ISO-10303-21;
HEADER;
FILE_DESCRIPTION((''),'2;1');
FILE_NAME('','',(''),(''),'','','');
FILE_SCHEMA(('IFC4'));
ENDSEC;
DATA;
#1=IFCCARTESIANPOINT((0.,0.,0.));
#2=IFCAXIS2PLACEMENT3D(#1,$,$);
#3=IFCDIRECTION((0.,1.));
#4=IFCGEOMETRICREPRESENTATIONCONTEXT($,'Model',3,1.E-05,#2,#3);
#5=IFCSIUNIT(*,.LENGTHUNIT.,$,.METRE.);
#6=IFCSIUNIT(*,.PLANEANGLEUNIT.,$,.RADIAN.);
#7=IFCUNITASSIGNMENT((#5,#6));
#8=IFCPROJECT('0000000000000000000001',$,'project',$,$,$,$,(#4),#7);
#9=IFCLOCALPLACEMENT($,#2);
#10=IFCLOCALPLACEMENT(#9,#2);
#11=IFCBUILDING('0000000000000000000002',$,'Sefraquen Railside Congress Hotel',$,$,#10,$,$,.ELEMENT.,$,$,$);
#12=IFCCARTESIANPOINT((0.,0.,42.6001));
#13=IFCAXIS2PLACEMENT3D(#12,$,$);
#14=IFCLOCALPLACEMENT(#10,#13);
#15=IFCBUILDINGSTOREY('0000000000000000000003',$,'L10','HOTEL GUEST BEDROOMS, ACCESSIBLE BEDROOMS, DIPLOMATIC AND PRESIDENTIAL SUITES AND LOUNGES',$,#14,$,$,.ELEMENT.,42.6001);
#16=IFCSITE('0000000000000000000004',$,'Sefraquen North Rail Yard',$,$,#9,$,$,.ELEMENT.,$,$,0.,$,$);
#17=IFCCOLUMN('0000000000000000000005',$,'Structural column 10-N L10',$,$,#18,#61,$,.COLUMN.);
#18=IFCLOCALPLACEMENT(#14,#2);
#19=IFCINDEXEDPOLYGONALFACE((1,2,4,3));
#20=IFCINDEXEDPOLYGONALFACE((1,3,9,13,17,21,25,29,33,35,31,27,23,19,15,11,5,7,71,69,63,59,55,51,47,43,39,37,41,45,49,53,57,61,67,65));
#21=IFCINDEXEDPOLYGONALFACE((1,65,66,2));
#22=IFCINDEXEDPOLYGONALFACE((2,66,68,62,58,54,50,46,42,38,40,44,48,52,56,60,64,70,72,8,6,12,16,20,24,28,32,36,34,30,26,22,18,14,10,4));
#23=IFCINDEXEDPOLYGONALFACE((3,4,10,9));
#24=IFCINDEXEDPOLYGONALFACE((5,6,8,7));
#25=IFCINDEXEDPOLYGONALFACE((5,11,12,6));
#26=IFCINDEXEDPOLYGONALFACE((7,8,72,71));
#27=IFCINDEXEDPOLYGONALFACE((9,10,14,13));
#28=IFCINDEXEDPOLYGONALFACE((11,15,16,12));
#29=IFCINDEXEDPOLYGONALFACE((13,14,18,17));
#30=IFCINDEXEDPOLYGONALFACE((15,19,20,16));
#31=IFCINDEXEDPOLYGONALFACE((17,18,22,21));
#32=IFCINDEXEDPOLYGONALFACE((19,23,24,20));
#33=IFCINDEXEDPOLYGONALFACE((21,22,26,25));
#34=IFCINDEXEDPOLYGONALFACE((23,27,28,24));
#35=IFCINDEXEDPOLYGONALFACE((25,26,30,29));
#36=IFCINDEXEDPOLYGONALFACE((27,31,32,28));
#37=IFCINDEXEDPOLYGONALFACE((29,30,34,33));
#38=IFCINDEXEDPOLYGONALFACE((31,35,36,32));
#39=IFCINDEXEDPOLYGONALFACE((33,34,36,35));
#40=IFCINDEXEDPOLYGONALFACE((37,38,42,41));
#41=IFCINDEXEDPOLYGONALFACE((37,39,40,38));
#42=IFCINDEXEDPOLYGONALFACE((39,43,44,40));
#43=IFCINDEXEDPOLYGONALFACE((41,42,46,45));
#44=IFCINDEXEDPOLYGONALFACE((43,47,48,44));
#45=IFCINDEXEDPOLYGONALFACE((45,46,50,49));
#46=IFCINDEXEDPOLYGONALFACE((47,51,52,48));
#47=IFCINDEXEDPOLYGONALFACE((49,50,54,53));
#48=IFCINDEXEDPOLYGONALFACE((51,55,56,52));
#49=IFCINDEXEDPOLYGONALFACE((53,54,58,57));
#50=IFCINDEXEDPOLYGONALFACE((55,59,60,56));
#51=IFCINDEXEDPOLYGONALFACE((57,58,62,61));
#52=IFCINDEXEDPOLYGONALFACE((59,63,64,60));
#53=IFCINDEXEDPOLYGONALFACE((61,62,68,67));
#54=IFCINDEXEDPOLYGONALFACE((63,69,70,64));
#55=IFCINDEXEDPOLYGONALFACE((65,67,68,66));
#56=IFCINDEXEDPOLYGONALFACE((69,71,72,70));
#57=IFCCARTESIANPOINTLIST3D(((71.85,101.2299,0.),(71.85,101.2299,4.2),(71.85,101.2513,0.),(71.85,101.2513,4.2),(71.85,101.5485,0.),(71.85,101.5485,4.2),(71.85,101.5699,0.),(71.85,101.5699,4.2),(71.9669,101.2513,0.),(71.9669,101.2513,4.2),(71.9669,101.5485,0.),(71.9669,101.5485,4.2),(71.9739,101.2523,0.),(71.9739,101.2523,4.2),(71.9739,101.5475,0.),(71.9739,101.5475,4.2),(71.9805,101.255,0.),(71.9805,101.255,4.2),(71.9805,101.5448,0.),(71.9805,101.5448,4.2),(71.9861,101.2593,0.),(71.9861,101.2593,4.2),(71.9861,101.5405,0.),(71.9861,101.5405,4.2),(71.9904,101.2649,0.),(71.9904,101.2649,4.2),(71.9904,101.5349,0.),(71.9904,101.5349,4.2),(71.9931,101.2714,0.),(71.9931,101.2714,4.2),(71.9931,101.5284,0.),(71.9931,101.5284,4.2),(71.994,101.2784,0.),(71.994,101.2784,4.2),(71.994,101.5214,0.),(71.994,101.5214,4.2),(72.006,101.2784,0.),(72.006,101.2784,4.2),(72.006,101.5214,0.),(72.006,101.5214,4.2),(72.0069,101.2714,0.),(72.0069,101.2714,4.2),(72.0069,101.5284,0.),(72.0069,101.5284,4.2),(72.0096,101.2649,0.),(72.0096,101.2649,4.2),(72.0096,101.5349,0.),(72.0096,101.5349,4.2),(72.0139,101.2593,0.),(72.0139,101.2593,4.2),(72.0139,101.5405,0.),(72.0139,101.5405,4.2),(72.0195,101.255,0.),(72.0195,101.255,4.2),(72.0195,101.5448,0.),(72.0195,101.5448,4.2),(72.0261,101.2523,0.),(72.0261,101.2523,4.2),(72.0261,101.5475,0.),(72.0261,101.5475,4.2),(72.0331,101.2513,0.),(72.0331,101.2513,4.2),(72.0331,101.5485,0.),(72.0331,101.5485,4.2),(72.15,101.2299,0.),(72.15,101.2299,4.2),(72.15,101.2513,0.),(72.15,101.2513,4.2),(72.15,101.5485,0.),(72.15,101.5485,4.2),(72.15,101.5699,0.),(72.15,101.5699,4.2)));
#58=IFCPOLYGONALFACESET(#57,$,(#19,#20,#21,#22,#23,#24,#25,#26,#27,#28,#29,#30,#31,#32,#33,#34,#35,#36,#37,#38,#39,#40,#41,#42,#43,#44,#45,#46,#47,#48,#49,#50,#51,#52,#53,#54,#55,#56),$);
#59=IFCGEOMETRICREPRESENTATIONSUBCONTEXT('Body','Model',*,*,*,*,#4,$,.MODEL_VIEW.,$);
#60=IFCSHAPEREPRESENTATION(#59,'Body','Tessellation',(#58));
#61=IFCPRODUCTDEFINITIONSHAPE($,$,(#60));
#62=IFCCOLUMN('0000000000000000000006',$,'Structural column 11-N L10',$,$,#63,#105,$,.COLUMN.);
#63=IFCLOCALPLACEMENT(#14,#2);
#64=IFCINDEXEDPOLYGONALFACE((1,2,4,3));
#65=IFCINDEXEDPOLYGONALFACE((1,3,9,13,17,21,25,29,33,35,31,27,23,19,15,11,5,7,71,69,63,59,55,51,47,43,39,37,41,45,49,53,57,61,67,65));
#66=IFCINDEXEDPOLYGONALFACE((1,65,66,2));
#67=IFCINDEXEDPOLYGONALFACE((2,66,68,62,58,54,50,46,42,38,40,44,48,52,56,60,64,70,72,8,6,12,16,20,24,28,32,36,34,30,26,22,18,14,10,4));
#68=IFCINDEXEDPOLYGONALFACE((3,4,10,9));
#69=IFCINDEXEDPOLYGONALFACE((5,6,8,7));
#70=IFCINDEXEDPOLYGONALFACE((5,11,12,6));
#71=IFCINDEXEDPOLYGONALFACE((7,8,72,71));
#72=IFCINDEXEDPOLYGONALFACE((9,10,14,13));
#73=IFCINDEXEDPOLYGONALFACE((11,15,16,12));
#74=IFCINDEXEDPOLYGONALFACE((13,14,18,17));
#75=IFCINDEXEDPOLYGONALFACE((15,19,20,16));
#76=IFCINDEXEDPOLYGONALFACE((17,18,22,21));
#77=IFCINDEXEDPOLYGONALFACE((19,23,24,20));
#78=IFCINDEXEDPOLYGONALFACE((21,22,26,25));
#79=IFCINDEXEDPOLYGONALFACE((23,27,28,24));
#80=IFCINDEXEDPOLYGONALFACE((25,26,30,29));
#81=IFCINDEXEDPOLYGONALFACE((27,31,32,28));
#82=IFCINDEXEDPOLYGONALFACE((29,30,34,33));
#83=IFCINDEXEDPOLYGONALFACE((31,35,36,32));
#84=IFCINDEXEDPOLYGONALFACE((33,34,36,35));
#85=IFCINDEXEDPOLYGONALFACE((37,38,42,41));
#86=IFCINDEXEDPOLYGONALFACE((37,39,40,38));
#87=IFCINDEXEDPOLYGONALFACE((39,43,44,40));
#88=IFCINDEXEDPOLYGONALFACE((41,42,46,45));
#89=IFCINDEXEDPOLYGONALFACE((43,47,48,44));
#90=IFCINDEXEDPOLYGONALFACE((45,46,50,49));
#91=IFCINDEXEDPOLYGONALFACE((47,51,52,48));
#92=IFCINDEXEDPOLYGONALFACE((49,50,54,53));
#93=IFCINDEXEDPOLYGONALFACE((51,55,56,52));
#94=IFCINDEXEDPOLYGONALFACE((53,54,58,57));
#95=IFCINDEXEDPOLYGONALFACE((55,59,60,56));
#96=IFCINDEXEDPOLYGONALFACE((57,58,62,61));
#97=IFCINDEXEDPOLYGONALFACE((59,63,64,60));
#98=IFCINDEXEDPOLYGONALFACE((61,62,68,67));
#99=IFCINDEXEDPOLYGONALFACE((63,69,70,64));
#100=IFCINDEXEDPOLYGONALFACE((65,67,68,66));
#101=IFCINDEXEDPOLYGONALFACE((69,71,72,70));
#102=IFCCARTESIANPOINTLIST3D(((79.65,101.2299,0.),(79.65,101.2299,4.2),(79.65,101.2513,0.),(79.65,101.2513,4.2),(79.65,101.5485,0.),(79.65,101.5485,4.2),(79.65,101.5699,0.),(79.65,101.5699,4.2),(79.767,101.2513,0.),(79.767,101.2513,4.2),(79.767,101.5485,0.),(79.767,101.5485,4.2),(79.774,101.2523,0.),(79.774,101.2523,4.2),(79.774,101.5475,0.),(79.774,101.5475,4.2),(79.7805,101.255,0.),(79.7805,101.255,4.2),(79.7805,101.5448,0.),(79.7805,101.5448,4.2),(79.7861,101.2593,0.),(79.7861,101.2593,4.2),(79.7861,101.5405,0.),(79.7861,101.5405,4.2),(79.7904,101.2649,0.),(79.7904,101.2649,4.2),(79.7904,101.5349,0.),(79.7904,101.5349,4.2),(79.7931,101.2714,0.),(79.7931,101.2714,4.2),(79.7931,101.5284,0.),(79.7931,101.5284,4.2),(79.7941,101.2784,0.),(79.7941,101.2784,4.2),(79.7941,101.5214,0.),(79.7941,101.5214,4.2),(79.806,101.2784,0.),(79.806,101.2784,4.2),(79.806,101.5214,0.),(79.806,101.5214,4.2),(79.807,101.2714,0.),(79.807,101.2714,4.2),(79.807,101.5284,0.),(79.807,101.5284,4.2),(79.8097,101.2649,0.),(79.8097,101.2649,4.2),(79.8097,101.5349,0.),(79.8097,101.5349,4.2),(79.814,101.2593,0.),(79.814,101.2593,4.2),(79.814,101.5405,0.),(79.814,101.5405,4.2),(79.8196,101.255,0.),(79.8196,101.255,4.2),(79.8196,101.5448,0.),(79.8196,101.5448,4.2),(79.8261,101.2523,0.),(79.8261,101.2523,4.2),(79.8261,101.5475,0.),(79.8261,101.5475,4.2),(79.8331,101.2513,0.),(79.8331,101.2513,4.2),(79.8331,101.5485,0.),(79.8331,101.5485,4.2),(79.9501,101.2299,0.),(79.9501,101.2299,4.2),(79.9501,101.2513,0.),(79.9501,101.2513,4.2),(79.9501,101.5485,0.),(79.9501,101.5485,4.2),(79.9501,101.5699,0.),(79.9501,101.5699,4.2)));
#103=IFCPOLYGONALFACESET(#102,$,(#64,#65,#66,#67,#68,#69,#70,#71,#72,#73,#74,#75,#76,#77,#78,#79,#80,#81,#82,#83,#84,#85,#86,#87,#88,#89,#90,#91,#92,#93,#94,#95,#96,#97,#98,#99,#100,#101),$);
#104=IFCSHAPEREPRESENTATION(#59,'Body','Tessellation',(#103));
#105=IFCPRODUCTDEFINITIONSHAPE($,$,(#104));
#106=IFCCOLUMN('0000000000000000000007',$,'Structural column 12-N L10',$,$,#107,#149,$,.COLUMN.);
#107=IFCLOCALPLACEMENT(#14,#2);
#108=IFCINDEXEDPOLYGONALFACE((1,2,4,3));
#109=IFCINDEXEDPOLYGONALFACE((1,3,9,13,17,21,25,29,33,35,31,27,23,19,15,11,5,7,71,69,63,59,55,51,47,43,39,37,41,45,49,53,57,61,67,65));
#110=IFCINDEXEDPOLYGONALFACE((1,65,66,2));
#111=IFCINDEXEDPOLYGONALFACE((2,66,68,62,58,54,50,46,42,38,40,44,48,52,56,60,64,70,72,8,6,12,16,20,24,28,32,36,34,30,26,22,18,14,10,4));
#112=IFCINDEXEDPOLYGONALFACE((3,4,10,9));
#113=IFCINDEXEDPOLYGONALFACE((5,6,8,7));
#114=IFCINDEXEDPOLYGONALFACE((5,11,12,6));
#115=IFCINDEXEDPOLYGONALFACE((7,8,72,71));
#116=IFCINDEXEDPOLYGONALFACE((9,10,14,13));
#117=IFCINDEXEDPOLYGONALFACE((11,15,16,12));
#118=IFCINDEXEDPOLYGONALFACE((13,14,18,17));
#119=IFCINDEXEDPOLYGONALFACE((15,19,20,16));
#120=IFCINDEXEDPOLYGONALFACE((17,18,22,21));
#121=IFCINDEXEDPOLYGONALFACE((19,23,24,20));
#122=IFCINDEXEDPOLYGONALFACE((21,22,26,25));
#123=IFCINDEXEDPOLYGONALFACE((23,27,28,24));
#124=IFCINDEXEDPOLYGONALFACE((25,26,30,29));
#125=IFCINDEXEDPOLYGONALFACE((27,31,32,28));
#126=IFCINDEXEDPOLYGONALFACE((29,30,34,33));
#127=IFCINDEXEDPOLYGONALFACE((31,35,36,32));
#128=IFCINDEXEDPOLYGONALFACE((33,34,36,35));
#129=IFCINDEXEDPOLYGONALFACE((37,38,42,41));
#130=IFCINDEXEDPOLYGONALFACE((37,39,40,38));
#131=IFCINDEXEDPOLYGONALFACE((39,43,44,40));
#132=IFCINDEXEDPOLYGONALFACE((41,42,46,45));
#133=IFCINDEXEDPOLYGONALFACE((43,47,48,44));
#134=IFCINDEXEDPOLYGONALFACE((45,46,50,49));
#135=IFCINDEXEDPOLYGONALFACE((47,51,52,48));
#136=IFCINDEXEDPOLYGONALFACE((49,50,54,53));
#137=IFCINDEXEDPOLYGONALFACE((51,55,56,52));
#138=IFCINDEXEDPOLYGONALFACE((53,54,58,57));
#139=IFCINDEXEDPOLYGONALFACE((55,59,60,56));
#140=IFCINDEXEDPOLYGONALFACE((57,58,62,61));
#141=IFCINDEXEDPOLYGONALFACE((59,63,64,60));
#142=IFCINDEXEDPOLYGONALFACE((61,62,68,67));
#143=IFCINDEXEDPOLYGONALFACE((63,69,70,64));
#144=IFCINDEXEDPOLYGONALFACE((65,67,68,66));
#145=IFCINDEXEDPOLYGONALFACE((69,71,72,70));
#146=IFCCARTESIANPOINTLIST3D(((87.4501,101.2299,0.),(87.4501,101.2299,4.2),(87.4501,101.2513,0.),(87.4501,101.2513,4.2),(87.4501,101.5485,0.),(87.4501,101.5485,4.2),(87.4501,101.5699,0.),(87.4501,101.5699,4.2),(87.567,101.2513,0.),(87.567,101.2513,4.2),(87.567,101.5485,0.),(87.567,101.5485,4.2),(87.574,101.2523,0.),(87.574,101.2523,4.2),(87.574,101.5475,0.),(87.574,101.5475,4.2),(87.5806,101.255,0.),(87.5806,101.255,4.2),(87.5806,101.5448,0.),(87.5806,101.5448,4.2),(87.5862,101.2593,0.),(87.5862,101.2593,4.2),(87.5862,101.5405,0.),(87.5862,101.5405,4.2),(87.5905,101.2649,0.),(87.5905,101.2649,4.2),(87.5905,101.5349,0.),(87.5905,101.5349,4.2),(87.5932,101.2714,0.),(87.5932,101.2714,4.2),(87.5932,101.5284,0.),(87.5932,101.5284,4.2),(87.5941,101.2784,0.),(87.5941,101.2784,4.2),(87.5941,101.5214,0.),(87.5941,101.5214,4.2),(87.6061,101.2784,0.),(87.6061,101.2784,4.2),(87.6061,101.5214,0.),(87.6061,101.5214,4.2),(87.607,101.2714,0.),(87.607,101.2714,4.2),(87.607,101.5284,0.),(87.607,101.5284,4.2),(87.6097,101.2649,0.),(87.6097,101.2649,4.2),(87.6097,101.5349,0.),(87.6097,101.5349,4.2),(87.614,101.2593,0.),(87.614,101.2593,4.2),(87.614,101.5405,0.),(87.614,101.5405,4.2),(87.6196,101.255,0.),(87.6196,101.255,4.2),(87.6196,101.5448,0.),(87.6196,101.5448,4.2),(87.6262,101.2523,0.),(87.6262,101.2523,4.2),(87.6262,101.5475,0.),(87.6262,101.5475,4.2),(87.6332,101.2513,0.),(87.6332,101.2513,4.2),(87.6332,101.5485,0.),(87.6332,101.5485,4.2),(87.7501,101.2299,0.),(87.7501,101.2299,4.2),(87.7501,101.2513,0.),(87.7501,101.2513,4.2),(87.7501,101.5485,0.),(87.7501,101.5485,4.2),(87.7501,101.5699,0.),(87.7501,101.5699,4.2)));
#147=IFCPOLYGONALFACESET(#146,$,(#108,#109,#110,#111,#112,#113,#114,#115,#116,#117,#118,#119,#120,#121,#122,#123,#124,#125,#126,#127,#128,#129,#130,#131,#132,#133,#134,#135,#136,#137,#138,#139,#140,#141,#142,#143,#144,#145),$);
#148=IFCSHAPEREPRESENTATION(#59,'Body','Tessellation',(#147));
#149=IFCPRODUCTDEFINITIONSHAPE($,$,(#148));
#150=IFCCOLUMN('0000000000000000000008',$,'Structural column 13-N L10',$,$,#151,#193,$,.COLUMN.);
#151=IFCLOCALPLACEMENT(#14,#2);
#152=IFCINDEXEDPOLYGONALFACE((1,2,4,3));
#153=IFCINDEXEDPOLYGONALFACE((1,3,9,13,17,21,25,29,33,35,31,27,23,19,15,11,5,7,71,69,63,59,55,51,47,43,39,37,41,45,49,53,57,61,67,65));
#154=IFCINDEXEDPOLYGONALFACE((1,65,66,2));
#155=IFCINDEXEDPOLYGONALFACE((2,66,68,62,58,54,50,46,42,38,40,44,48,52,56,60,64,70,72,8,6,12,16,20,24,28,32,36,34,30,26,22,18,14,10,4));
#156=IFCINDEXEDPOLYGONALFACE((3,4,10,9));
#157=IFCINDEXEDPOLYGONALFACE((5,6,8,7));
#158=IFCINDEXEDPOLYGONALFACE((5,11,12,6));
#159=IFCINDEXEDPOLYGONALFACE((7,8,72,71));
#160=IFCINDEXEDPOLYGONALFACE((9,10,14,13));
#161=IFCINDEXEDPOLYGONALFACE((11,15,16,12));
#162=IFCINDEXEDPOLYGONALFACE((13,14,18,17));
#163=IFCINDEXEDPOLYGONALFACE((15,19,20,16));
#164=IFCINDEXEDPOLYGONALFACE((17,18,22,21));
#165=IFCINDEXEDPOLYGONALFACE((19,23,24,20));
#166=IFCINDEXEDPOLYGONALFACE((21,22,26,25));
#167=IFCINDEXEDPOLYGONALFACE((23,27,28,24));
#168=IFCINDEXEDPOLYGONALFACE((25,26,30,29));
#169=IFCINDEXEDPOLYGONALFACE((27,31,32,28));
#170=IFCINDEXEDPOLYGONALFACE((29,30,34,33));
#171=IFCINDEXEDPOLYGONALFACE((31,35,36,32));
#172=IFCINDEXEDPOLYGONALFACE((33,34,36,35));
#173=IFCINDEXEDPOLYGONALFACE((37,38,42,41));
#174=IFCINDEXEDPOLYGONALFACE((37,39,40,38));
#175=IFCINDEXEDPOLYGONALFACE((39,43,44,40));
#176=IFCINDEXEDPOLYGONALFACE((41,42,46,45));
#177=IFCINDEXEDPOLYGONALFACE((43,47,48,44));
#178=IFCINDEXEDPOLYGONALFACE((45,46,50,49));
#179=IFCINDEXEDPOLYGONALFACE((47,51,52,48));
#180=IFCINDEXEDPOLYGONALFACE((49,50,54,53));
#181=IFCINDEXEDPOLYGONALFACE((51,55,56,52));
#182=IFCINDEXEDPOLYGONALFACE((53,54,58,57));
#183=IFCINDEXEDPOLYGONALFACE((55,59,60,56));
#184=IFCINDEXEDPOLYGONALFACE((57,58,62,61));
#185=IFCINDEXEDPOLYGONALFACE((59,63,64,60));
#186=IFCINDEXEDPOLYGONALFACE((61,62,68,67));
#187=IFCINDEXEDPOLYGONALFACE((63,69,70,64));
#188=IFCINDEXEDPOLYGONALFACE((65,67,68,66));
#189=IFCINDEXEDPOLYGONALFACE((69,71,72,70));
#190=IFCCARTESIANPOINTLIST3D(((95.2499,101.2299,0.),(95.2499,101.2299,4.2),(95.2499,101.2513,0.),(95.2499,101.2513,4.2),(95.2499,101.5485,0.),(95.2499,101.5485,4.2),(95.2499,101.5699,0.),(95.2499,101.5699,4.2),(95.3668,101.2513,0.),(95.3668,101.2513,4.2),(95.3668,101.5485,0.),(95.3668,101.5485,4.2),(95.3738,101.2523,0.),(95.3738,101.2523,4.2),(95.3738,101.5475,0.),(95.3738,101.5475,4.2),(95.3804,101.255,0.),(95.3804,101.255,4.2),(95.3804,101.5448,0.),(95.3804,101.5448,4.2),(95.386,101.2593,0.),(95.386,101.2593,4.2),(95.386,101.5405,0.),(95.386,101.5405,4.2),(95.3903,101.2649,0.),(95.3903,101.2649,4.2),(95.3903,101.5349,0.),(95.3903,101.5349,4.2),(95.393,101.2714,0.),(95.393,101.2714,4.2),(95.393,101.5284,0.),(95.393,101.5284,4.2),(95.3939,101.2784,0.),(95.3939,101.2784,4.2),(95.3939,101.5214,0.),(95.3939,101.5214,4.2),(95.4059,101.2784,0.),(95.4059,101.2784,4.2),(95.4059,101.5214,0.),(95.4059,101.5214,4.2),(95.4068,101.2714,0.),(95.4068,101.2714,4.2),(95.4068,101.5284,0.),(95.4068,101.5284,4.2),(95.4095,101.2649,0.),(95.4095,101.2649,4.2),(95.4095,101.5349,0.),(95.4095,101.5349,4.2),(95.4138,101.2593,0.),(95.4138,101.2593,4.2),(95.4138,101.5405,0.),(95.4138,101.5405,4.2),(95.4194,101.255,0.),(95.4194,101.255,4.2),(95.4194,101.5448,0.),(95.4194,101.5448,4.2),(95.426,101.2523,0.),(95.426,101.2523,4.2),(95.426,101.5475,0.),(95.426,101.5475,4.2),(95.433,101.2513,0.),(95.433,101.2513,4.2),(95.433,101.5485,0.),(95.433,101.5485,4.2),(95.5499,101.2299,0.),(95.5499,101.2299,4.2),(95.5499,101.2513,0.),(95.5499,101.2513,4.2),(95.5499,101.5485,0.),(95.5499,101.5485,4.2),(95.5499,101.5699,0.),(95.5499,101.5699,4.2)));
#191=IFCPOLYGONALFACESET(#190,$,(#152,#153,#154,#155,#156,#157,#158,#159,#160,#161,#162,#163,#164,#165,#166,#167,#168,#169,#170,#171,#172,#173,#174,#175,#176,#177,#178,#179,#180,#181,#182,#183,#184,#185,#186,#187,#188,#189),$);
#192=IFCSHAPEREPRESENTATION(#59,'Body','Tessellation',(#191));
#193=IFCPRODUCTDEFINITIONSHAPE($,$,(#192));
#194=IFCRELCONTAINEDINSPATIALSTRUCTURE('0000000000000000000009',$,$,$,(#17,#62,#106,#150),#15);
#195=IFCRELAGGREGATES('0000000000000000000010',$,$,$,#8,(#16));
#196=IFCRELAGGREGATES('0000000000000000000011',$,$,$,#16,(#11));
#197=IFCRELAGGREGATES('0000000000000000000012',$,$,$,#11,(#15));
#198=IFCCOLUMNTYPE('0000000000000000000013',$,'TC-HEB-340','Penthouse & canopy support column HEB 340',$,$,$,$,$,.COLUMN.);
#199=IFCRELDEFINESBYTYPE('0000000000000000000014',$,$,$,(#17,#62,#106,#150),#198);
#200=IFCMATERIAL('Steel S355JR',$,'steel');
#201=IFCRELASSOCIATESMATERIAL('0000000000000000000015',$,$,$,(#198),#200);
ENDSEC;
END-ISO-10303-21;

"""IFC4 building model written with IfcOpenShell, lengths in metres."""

from ifc_helpers import new_model, si_unit, direction, frame, origin, origin_2d, place, context, subcontext, project, spatial, i_section, extrude, material, material_profile, profile_set, type_object, element, save


model = new_model("IFC4")

# Units and contexts
model_context = context("Model", 3, precision=1e-05, world=origin(), true_north=direction((0.0, 1.0)))
body_context = subcontext(model_context, "Body", "Model", "MODEL_VIEW")
ifc_project = project(units=[si_unit("LENGTHUNIT", "METRE"), si_unit("PLANEANGLEUNIT", "RADIAN")], contexts=[model_context])

# Site, building, storey
site_placement = place(None, origin())
site = spatial("IfcSite", under=ifc_project, at=site_placement, Name="Sefraquen North Rail Yard", CompositionType="ELEMENT", RefElevation=0.0)
building_placement = place(site_placement, origin())
building = spatial("IfcBuilding", under=site, at=building_placement, Name="Sefraquen Railside Congress Hotel", CompositionType="ELEMENT")
storey_placement = place(building_placement, frame((0.0, 0.0, 42.6001)))
storey = spatial("IfcBuildingStorey", under=building, at=storey_placement, Name="L10", Description="HOTEL GUEST BEDROOMS, ACCESSIBLE BEDROOMS, DIPLOMATIC AND PRESIDENTIAL SUITES AND LOUNGES", CompositionType="ELEMENT", Elevation=42.6001)

# Columns
ifc_material_1 = material(Name="Steel S355JR", Category="steel")
ifc_material_profile_1 = material_profile(ifc_material_1, i_section(OverallWidth=0.3, OverallDepth=0.3401, WebThickness=0.012, FlangeThickness=0.0215, FilletRadius=0.0271, at=origin_2d()), Name="HEB 340")
ifc_profile_set_1 = profile_set([ifc_material_profile_1], Name="Steel S355JR")
column_type = type_object("IfcColumnType", Name="TC-HEB-340", Description="Penthouse & canopy support column HEB 340", PredefinedType="COLUMN", material=ifc_profile_set_1)
for number, where, z_axis, x_axis, name in (
    (1, (72.0, 101.3999, 0.0), (0.0, 0.0, 1.0), (1.0, 0.0, 0.0), "Structural column 10-N L10"),
    (2, (79.8, 101.3999, 0.0), (0.0, 0.0, 1.0), (1.0, 0.0, 0.0), "Structural column 11-N L10"),
    (3, (87.6001, 101.3999, 0.0), (0.0, 0.0, 1.0), (1.0, 0.0, 0.0), "Structural column 12-N L10"),
    (4, (95.3999, 101.3999, 0.0), (0.0, 0.0, 1.0), (1.0, 0.0, 0.0), "Structural column 13-N L10"),
):
    element("IfcColumn", number, at=place(storey_placement, frame(where, z_axis=z_axis, x_axis=x_axis)), inside=storey, type_object=column_type, Name=name, PredefinedType="COLUMN", context=body_context, shape_type="SweptSolid", body=[
        extrude(i_section(OverallWidth=0.3, OverallDepth=0.3401, WebThickness=0.012, FlangeThickness=0.0215, FilletRadius=0.0271, at=origin_2d()), origin(), (0.0, 0.0, 1.0), 4.2),
    ])

save(model, "model.ifc")
